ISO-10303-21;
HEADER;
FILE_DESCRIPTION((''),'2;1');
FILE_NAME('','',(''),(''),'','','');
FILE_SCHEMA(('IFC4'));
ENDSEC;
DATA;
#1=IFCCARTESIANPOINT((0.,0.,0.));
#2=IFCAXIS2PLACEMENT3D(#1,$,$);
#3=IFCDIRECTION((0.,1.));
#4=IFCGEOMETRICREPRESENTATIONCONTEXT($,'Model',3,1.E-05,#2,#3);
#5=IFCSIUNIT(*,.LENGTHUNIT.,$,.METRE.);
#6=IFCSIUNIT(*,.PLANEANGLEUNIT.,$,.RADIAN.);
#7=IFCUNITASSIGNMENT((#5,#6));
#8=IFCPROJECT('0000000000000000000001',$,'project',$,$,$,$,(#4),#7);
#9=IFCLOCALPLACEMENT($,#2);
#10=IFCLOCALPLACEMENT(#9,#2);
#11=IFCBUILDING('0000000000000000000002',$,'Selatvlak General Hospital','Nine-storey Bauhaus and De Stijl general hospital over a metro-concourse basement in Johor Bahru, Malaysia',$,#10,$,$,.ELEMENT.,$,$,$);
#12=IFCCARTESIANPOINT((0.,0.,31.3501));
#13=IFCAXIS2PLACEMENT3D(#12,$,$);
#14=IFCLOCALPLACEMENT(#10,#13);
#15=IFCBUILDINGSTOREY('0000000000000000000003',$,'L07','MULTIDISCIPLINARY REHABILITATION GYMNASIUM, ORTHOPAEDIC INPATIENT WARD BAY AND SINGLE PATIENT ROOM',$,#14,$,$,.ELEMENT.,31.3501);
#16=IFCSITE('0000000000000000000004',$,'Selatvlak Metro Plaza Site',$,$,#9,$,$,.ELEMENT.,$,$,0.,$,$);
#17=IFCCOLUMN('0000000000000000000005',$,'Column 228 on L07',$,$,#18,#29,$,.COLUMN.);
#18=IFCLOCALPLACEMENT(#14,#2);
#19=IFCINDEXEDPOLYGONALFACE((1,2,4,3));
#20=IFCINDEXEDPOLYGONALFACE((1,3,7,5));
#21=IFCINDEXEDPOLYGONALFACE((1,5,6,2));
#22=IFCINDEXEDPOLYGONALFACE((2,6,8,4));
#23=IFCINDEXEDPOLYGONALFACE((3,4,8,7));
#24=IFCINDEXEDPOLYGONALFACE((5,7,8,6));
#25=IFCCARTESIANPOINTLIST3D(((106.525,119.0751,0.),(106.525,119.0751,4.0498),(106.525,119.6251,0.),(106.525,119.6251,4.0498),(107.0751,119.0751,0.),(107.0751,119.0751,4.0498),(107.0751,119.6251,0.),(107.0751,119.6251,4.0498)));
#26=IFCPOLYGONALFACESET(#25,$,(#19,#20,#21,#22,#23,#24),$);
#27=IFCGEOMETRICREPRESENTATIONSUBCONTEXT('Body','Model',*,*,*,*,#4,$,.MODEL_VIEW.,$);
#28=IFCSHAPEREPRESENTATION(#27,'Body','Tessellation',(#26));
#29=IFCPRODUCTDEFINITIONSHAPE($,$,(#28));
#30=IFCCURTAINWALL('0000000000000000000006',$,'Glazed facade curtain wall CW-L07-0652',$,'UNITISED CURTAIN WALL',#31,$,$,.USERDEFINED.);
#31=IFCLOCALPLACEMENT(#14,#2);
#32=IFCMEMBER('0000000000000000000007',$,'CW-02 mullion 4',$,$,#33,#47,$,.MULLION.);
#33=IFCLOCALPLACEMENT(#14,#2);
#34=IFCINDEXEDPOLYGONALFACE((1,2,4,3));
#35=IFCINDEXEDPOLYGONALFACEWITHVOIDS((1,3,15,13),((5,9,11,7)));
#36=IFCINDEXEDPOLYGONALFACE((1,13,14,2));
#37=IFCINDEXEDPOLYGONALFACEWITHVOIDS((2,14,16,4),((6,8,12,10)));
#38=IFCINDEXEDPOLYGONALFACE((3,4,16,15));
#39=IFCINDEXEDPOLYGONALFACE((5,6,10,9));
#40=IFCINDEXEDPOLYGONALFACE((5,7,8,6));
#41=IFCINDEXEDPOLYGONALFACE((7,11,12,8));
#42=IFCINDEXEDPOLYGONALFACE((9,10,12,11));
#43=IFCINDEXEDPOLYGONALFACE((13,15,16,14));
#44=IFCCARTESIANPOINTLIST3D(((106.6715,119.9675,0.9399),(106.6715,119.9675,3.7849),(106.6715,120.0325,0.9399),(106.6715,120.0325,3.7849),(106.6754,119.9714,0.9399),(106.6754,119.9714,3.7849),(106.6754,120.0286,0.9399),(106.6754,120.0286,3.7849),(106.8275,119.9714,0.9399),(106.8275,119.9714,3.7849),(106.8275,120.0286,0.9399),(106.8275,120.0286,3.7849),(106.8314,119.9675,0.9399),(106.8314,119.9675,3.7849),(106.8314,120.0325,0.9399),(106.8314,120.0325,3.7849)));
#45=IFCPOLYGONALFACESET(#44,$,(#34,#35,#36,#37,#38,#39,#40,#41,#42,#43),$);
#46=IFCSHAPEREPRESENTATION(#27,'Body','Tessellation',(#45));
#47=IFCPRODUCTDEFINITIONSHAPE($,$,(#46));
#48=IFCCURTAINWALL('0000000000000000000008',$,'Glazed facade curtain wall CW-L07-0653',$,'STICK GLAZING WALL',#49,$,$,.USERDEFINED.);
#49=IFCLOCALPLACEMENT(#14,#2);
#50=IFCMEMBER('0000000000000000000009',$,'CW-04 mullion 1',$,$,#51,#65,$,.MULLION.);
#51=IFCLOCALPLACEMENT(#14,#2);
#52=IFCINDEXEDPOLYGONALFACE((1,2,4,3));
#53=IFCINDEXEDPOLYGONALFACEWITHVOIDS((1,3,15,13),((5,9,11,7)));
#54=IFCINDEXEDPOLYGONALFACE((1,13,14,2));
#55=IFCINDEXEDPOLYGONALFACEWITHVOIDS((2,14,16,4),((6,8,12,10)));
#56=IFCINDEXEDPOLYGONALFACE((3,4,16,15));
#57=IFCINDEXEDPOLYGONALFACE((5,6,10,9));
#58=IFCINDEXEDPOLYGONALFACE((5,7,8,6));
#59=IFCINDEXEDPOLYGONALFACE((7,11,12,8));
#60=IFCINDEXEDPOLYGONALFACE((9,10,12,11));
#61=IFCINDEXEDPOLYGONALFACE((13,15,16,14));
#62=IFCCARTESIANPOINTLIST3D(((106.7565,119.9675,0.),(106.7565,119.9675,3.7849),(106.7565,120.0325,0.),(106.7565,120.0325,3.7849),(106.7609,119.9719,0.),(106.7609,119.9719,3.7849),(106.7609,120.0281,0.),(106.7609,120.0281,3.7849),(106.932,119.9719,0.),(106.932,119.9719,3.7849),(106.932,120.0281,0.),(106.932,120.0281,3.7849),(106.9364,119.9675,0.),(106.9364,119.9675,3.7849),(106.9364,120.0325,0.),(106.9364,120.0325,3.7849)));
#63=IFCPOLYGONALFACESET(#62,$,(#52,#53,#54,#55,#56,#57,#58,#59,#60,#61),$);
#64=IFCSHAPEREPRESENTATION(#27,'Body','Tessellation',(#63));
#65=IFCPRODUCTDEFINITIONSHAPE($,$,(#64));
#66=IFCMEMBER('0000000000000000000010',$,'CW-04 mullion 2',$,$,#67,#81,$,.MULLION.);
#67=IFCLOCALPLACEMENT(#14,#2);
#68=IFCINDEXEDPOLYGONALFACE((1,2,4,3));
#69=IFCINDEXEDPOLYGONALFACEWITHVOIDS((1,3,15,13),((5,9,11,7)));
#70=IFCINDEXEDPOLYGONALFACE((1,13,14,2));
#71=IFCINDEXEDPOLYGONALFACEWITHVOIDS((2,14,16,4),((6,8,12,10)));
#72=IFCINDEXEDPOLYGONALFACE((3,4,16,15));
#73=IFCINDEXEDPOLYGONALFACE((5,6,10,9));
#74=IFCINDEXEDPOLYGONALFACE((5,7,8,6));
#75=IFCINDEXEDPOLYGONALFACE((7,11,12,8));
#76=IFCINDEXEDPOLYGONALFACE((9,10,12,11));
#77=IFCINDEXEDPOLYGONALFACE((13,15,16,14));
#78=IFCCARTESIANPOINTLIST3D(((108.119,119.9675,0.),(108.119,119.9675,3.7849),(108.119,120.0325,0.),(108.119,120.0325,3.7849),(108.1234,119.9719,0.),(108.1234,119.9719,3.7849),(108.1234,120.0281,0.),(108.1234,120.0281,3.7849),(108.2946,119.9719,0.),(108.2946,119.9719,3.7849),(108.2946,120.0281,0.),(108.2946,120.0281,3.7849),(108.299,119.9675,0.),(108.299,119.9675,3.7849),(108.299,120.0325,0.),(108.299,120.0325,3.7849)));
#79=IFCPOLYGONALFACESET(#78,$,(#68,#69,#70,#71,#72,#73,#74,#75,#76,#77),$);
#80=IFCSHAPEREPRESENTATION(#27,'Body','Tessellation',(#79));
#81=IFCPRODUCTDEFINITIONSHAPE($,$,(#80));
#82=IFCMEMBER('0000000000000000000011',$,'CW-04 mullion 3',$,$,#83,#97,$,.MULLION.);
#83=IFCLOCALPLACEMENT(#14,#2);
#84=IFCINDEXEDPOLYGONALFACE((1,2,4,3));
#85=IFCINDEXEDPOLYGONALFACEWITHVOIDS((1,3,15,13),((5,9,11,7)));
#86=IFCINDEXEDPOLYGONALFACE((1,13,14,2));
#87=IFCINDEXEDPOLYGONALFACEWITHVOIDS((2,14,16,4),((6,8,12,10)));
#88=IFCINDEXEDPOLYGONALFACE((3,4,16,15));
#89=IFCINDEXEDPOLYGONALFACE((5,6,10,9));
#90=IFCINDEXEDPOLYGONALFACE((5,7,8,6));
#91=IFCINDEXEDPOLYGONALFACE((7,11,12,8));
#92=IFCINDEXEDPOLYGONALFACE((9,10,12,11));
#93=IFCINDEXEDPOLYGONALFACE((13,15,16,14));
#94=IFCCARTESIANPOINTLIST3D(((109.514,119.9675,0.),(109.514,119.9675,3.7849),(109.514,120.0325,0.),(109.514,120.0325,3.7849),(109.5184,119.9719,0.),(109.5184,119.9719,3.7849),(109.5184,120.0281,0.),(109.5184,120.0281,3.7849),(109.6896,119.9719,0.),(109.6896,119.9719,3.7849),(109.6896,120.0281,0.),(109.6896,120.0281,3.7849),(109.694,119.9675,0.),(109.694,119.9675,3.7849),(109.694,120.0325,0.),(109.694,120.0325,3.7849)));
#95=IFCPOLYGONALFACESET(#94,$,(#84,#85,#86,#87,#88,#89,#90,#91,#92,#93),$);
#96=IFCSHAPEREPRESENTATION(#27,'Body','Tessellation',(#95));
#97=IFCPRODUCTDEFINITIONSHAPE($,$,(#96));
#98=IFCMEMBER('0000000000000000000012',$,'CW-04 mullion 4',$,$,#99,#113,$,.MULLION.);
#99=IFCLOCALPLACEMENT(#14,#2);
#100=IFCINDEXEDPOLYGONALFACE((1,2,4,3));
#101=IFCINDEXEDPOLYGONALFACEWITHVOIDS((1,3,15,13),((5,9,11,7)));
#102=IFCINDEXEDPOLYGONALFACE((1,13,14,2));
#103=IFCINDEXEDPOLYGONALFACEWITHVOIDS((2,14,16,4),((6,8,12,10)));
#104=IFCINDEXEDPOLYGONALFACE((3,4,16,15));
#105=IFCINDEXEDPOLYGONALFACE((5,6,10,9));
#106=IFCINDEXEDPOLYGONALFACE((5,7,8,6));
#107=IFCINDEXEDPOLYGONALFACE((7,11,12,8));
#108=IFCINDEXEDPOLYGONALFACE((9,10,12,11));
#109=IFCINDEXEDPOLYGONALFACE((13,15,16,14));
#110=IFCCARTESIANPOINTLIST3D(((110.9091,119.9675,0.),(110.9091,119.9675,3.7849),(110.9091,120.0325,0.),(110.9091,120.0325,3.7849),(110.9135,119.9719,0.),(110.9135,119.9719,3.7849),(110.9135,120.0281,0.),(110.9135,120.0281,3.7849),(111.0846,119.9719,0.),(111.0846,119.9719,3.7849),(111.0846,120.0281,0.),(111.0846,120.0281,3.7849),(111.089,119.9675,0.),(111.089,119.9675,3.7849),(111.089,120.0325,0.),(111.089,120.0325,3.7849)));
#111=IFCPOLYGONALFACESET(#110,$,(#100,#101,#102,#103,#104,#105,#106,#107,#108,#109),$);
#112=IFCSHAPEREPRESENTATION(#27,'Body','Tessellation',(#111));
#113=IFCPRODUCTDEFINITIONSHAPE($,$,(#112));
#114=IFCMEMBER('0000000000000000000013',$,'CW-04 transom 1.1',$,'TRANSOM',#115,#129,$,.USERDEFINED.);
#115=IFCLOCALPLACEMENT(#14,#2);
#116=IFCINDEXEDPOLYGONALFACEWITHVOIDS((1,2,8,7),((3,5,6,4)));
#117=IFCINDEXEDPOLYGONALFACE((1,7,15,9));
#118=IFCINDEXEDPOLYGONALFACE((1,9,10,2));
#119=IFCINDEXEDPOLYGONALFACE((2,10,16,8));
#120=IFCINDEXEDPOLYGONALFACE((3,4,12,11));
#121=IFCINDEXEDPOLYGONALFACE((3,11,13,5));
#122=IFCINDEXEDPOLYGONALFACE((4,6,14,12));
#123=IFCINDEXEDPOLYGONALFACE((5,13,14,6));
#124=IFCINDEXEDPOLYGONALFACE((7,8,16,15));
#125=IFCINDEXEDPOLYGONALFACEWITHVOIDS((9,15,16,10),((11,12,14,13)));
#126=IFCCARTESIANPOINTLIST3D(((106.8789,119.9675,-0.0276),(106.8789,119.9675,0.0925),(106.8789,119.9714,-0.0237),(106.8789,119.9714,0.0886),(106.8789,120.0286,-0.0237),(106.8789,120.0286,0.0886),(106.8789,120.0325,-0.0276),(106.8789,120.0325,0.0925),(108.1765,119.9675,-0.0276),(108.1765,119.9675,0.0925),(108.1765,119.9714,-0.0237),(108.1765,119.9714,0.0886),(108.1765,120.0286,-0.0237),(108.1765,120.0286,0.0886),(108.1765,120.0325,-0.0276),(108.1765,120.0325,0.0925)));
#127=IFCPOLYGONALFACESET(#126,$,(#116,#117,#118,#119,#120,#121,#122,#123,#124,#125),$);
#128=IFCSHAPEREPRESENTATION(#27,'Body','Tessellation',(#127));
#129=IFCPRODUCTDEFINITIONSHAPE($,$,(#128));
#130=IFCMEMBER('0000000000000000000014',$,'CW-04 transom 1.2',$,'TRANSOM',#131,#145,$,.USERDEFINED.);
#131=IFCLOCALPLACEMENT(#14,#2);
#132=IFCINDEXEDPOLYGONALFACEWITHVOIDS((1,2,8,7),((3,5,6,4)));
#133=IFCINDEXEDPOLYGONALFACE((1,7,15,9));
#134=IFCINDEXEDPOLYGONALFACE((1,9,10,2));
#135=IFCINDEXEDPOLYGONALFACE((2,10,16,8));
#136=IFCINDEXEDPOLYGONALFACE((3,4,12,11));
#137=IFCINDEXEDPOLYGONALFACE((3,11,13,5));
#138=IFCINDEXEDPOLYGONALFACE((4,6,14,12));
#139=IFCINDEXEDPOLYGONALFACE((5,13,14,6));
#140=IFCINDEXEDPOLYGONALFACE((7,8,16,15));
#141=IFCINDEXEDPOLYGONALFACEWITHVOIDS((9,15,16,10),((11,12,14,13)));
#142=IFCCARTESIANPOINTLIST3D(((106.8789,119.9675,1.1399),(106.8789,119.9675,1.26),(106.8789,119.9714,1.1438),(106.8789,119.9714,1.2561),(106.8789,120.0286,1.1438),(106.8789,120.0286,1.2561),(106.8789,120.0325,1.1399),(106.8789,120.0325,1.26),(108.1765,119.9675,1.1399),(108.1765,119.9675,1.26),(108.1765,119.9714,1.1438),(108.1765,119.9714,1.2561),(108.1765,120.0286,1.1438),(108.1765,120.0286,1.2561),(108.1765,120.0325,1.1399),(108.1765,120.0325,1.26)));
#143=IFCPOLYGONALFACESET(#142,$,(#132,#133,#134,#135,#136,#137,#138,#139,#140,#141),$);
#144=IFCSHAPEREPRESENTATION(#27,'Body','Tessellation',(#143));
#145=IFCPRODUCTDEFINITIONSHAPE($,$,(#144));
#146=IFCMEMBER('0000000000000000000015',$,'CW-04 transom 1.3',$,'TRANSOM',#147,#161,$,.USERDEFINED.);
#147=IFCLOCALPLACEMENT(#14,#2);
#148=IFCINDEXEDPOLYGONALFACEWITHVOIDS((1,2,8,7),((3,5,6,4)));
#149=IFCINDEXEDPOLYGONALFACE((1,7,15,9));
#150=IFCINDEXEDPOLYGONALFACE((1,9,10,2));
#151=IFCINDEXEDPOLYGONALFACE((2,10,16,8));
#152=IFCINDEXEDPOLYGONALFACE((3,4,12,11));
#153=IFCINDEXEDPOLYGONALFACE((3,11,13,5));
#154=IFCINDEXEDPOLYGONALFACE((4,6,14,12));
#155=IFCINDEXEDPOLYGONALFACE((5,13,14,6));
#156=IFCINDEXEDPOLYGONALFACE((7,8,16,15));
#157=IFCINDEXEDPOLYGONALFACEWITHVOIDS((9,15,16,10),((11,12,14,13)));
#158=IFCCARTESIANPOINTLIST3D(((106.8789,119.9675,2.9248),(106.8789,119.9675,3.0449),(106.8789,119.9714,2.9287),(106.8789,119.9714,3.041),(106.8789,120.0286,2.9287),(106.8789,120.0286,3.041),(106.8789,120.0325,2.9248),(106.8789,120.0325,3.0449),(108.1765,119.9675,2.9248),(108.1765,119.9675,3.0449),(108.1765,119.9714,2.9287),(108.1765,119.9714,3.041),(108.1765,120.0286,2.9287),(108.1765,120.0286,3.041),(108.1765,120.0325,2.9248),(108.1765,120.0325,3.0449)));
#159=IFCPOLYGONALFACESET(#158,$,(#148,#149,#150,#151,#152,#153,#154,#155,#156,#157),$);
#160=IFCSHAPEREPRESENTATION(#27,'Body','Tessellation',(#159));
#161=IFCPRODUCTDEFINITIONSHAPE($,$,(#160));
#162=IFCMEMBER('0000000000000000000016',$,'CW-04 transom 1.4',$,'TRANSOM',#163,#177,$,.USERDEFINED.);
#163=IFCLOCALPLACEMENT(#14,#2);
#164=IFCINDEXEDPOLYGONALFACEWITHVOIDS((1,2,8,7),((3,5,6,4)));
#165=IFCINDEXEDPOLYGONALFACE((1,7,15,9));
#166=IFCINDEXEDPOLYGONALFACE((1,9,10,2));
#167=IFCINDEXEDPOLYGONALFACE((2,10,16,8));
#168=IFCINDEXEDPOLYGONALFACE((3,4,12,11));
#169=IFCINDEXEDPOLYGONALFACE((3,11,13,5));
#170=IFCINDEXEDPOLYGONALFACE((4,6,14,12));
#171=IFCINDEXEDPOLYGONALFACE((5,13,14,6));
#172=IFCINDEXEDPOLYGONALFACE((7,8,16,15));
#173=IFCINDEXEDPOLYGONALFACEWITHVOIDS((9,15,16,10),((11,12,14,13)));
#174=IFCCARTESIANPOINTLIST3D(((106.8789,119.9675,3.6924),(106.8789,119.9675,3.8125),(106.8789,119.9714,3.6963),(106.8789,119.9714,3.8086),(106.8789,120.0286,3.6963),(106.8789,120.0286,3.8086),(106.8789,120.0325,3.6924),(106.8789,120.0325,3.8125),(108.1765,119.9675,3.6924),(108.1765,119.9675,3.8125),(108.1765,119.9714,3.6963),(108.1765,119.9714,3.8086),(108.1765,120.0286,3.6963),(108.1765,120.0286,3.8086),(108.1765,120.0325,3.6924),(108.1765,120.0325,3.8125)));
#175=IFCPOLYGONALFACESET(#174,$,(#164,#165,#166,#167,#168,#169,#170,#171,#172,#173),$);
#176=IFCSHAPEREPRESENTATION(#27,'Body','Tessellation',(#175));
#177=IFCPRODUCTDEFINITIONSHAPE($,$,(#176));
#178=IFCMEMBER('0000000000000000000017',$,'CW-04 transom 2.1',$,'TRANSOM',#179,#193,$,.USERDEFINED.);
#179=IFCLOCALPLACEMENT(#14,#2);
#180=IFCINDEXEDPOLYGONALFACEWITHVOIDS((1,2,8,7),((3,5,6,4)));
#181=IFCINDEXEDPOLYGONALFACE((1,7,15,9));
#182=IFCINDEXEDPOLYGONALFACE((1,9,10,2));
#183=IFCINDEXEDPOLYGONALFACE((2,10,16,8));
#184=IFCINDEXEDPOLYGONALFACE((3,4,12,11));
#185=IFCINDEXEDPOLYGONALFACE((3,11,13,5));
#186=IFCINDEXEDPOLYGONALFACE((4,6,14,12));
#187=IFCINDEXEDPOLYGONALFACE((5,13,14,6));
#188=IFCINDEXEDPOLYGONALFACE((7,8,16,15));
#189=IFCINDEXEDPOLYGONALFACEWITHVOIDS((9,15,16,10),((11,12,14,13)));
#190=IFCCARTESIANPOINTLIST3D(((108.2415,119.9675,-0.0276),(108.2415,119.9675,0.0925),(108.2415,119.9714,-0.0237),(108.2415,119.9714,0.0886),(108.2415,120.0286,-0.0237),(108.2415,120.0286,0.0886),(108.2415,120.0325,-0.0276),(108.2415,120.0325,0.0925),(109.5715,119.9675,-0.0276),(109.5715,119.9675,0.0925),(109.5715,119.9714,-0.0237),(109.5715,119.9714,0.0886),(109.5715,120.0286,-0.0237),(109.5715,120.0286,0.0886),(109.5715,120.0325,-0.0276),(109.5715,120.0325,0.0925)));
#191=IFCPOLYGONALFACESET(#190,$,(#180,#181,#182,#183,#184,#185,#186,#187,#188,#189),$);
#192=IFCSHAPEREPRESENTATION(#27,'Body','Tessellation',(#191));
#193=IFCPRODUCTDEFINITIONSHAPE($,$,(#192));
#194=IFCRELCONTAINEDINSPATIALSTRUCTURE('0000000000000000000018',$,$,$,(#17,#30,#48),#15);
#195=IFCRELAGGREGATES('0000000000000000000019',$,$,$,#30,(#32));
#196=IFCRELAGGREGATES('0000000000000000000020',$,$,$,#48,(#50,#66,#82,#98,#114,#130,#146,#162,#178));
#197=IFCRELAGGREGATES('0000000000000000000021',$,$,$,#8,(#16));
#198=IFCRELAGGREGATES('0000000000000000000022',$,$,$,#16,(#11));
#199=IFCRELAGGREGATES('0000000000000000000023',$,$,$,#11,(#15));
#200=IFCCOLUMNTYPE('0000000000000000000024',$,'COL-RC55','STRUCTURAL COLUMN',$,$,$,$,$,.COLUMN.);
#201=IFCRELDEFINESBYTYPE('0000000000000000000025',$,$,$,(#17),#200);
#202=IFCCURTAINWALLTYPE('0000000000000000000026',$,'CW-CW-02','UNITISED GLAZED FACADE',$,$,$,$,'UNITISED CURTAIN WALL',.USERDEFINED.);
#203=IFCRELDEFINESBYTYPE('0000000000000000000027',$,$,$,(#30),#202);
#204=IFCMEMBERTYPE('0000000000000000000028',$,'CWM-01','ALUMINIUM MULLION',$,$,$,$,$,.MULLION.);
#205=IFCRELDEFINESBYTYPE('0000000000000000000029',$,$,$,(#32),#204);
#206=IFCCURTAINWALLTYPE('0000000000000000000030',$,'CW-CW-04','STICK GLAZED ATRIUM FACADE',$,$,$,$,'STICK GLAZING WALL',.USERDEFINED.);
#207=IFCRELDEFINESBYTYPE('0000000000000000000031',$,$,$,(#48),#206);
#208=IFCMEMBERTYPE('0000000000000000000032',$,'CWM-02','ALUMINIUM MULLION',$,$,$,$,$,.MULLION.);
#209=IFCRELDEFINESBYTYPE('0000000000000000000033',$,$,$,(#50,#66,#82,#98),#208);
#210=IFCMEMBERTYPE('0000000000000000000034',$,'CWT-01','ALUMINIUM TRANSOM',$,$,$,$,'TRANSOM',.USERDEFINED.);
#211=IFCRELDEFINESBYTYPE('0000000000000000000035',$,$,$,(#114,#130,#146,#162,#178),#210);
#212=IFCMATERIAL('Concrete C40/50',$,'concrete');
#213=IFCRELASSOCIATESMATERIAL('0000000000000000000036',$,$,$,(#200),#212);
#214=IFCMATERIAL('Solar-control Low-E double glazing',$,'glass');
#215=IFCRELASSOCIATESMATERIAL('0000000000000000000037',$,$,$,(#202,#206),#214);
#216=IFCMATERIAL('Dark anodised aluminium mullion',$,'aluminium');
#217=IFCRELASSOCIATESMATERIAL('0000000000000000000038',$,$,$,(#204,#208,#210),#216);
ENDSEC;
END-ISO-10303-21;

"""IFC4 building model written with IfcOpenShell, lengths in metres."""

from ifc_helpers import new_model, si_unit, direction, frame, origin, origin_2d, place, context, subcontext, project, spatial, rectangle, hollow_rectangle, extrude, material, material_profile, profile_set, type_object, element, aggregate, save


model = new_model("IFC4")

# Units and contexts
model_context = context("Model", 3, precision=1e-05, world=origin(), true_north=direction((0.0, 1.0)))
body_context = subcontext(model_context, "Body", "Model", "MODEL_VIEW")
ifc_project = project(units=[si_unit("LENGTHUNIT", "METRE"), si_unit("PLANEANGLEUNIT", "RADIAN")], contexts=[model_context])

# Site, building, storey
site_placement = place(None, origin())
site = spatial("IfcSite", under=ifc_project, at=site_placement, Name="Selatvlak Metro Plaza Site", CompositionType="ELEMENT", RefElevation=0.0)
building_placement = place(site_placement, origin())
building = spatial("IfcBuilding", under=site, at=building_placement, Name="Selatvlak General Hospital", Description="Nine-storey Bauhaus and De Stijl general hospital over a metro-concourse basement in Johor Bahru, Malaysia", CompositionType="ELEMENT")
storey_placement = place(building_placement, frame((0.0, 0.0, 31.3501)))
storey = spatial("IfcBuildingStorey", under=building, at=storey_placement, Name="L07", Description="MULTIDISCIPLINARY REHABILITATION GYMNASIUM, ORTHOPAEDIC INPATIENT WARD BAY AND SINGLE PATIENT ROOM", CompositionType="ELEMENT", Elevation=31.3501)

# Column
ifc_material_1 = material(Name="Concrete C40/50", Category="concrete")
ifc_material_profile_1 = material_profile(ifc_material_1, rectangle(XDim=0.55, YDim=0.55, at=origin_2d()), Name="RC-COL 550x550")
ifc_profile_set_1 = profile_set([ifc_material_profile_1], Name="Concrete C40/50")
column_type = type_object("IfcColumnType", Name="COL-RC55", Description="STRUCTURAL COLUMN", PredefinedType="COLUMN", material=ifc_profile_set_1)
column_placement = place(storey_placement, frame((106.8, 119.3501, 0.0), z_axis=(0.0, 0.0, 1.0), x_axis=(1.0, 0.0, 0.0)))
element("IfcColumn", 1, at=column_placement, inside=storey, type_object=column_type, Name="Column 228 on L07", PredefinedType="COLUMN", context=body_context, shape_type="SweptSolid", body=[
    extrude(rectangle(XDim=0.55, YDim=0.55, at=origin_2d()), origin(), (0.0, 0.0, 1.0), 4.0498),
])

# Curtain wall, member
ifc_material_2 = material(Name="Solar-control Low-E double glazing", Category="glass")
curtain_wall_type_1 = type_object("IfcCurtainWallType", Name="CW-CW-02", Description="UNITISED GLAZED FACADE", ElementType="UNITISED CURTAIN WALL", PredefinedType="USERDEFINED", material=ifc_material_2)
curtain_wall_1_placement = place(storey_placement, origin())
curtain_wall_1 = element("IfcCurtainWall", 2, at=curtain_wall_1_placement, inside=storey, type_object=curtain_wall_type_1, Name="Glazed facade curtain wall CW-L07-0652", ObjectType="UNITISED CURTAIN WALL", PredefinedType="USERDEFINED")
ifc_material_3 = material(Name="Dark anodised aluminium mullion", Category="aluminium")
ifc_material_profile_2 = material_profile(ifc_material_3, hollow_rectangle(XDim=0.0649, YDim=0.1599, WallThickness=0.0039, at=origin_2d()), Name="AL-MUL 65x160x4")
ifc_profile_set_2 = profile_set([ifc_material_profile_2], Name="Dark anodised aluminium mullion")
member_type_1 = type_object("IfcMemberType", Name="CWM-01", Description="ALUMINIUM MULLION", PredefinedType="MULLION", material=ifc_profile_set_2)
member_1_placement = place(storey_placement, frame((106.7515, 120.0, 0.9399), z_axis=(0.0, 0.0, 1.0), x_axis=(0.0, 1.0, 0.0)))
member_1 = element("IfcMember", 3, at=member_1_placement, type_object=member_type_1, Name="CW-02 mullion 4", PredefinedType="MULLION", context=body_context, shape_type="SweptSolid", body=[
    extrude(hollow_rectangle(XDim=0.0649, YDim=0.1599, WallThickness=0.0039, at=origin_2d()), origin(), (0.0, 0.0, 1.0), 2.845),
])
aggregate(curtain_wall_1, [member_1])

# Curtain wall, members
curtain_wall_type_2 = type_object("IfcCurtainWallType", Name="CW-CW-04", Description="STICK GLAZED ATRIUM FACADE", ElementType="STICK GLAZING WALL", PredefinedType="USERDEFINED", material=ifc_material_2)
curtain_wall_2_placement = place(storey_placement, origin())
curtain_wall_2 = element("IfcCurtainWall", 4, at=curtain_wall_2_placement, inside=storey, type_object=curtain_wall_type_2, Name="Glazed facade curtain wall CW-L07-0653", ObjectType="STICK GLAZING WALL", PredefinedType="USERDEFINED")
ifc_material_profile_3 = material_profile(ifc_material_3, hollow_rectangle(XDim=0.0649, YDim=0.1799, WallThickness=0.0044, at=origin_2d()), Name="AL-MUL 65x180x4.5")
ifc_profile_set_3 = profile_set([ifc_material_profile_3], Name="Dark anodised aluminium mullion")
member_type_2 = type_object("IfcMemberType", Name="CWM-02", Description="ALUMINIUM MULLION", PredefinedType="MULLION", material=ifc_profile_set_3)
member_2_placement = place(storey_placement, frame((106.8464, 120.0, 0.0), z_axis=(0.0, 0.0, 1.0), x_axis=(0.0, 1.0, 0.0)))
member_2 = element("IfcMember", 5, at=member_2_placement, type_object=member_type_2, Name="CW-04 mullion 1", PredefinedType="MULLION", context=body_context, shape_type="SweptSolid", body=[
    extrude(hollow_rectangle(XDim=0.0649, YDim=0.1799, WallThickness=0.0044, at=origin_2d()), origin(), (0.0, 0.0, 1.0), 3.7849),
])
member_3_placement = place(storey_placement, frame((108.209, 120.0, 0.0), z_axis=(0.0, 0.0, 1.0), x_axis=(0.0, 1.0, 0.0)))
member_3 = element("IfcMember", 6, at=member_3_placement, type_object=member_type_2, Name="CW-04 mullion 2", PredefinedType="MULLION", context=body_context, shape_type="SweptSolid", body=[
    extrude(hollow_rectangle(XDim=0.0649, YDim=0.1799, WallThickness=0.0044, at=origin_2d()), origin(), (0.0, 0.0, 1.0), 3.7849),
])
member_4_placement = place(storey_placement, frame((109.604, 120.0, 0.0), z_axis=(0.0, 0.0, 1.0), x_axis=(0.0, 1.0, 0.0)))
member_4 = element("IfcMember", 7, at=member_4_placement, type_object=member_type_2, Name="CW-04 mullion 3", PredefinedType="MULLION", context=body_context, shape_type="SweptSolid", body=[
    extrude(hollow_rectangle(XDim=0.0649, YDim=0.1799, WallThickness=0.0044, at=origin_2d()), origin(), (0.0, 0.0, 1.0), 3.7849),
])
member_5_placement = place(storey_placement, frame((110.999, 120.0, 0.0), z_axis=(0.0, 0.0, 1.0), x_axis=(0.0, 1.0, 0.0)))
member_5 = element("IfcMember", 8, at=member_5_placement, type_object=member_type_2, Name="CW-04 mullion 4", PredefinedType="MULLION", context=body_context, shape_type="SweptSolid", body=[
    extrude(hollow_rectangle(XDim=0.0649, YDim=0.1799, WallThickness=0.0044, at=origin_2d()), origin(), (0.0, 0.0, 1.0), 3.7849),
])
ifc_material_profile_4 = material_profile(ifc_material_3, hollow_rectangle(XDim=0.0649, YDim=0.1201, WallThickness=0.0039, at=origin_2d()), Name="AL-TRN 65x120x4")
ifc_profile_set_4 = profile_set([ifc_material_profile_4], Name="Dark anodised aluminium mullion")
member_type_3 = type_object("IfcMemberType", Name="CWT-01", Description="ALUMINIUM TRANSOM", ElementType="TRANSOM", PredefinedType="USERDEFINED", material=ifc_profile_set_4)
member_6_placement = place(storey_placement, frame((106.8789, 120.0, 0.0325), z_axis=(1.0, 0.0, 0.0), x_axis=(0.0, 1.0, 0.0)))
member_6 = element("IfcMember", 9, at=member_6_placement, type_object=member_type_3, Name="CW-04 transom 1.1", ObjectType="TRANSOM", PredefinedType="USERDEFINED", context=body_context, shape_type="SweptSolid", body=[
    extrude(hollow_rectangle(XDim=0.0649, YDim=0.1201, WallThickness=0.0039, at=origin_2d()), origin(), (0.0, 0.0, 1.0), 1.2976),
])
member_7_placement = place(storey_placement, frame((106.8789, 120.0, 1.2), z_axis=(1.0, 0.0, 0.0), x_axis=(0.0, 1.0, 0.0)))
member_7 = element("IfcMember", 10, at=member_7_placement, type_object=member_type_3, Name="CW-04 transom 1.2", ObjectType="TRANSOM", PredefinedType="USERDEFINED", context=body_context, shape_type="SweptSolid", body=[
    extrude(hollow_rectangle(XDim=0.0649, YDim=0.1201, WallThickness=0.0039, at=origin_2d()), origin(), (0.0, 0.0, 1.0), 1.2976),
])
member_8_placement = place(storey_placement, frame((106.8789, 120.0, 2.9849), z_axis=(1.0, 0.0, 0.0), x_axis=(0.0, 1.0, 0.0)))
member_8 = element("IfcMember", 11, at=member_8_placement, type_object=member_type_3, Name="CW-04 transom 1.3", ObjectType="TRANSOM", PredefinedType="USERDEFINED", context=body_context, shape_type="SweptSolid", body=[
    extrude(hollow_rectangle(XDim=0.0649, YDim=0.1201, WallThickness=0.0039, at=origin_2d()), origin(), (0.0, 0.0, 1.0), 1.2976),
])
member_9_placement = place(storey_placement, frame((106.8789, 120.0, 3.7524), z_axis=(1.0, 0.0, 0.0), x_axis=(0.0, 1.0, 0.0)))
member_9 = element("IfcMember", 12, at=member_9_placement, type_object=member_type_3, Name="CW-04 transom 1.4", ObjectType="TRANSOM", PredefinedType="USERDEFINED", context=body_context, shape_type="SweptSolid", body=[
    extrude(hollow_rectangle(XDim=0.0649, YDim=0.1201, WallThickness=0.0039, at=origin_2d()), origin(), (0.0, 0.0, 1.0), 1.2976),
])
member_10_placement = place(storey_placement, frame((108.2415, 120.0, 0.0325), z_axis=(1.0, 0.0, 0.0), x_axis=(0.0, 1.0, 0.0)))
member_10 = element("IfcMember", 13, at=member_10_placement, type_object=member_type_3, Name="CW-04 transom 2.1", ObjectType="TRANSOM", PredefinedType="USERDEFINED", context=body_context, shape_type="SweptSolid", body=[
    extrude(hollow_rectangle(XDim=0.0649, YDim=0.1201, WallThickness=0.0039, at=origin_2d()), origin(), (0.0, 0.0, 1.0), 1.3301),
])
aggregate(curtain_wall_2, [member_2, member_3, member_4, member_5, member_6, member_7, member_8, member_9, member_10])

save(model, "model.ifc")
